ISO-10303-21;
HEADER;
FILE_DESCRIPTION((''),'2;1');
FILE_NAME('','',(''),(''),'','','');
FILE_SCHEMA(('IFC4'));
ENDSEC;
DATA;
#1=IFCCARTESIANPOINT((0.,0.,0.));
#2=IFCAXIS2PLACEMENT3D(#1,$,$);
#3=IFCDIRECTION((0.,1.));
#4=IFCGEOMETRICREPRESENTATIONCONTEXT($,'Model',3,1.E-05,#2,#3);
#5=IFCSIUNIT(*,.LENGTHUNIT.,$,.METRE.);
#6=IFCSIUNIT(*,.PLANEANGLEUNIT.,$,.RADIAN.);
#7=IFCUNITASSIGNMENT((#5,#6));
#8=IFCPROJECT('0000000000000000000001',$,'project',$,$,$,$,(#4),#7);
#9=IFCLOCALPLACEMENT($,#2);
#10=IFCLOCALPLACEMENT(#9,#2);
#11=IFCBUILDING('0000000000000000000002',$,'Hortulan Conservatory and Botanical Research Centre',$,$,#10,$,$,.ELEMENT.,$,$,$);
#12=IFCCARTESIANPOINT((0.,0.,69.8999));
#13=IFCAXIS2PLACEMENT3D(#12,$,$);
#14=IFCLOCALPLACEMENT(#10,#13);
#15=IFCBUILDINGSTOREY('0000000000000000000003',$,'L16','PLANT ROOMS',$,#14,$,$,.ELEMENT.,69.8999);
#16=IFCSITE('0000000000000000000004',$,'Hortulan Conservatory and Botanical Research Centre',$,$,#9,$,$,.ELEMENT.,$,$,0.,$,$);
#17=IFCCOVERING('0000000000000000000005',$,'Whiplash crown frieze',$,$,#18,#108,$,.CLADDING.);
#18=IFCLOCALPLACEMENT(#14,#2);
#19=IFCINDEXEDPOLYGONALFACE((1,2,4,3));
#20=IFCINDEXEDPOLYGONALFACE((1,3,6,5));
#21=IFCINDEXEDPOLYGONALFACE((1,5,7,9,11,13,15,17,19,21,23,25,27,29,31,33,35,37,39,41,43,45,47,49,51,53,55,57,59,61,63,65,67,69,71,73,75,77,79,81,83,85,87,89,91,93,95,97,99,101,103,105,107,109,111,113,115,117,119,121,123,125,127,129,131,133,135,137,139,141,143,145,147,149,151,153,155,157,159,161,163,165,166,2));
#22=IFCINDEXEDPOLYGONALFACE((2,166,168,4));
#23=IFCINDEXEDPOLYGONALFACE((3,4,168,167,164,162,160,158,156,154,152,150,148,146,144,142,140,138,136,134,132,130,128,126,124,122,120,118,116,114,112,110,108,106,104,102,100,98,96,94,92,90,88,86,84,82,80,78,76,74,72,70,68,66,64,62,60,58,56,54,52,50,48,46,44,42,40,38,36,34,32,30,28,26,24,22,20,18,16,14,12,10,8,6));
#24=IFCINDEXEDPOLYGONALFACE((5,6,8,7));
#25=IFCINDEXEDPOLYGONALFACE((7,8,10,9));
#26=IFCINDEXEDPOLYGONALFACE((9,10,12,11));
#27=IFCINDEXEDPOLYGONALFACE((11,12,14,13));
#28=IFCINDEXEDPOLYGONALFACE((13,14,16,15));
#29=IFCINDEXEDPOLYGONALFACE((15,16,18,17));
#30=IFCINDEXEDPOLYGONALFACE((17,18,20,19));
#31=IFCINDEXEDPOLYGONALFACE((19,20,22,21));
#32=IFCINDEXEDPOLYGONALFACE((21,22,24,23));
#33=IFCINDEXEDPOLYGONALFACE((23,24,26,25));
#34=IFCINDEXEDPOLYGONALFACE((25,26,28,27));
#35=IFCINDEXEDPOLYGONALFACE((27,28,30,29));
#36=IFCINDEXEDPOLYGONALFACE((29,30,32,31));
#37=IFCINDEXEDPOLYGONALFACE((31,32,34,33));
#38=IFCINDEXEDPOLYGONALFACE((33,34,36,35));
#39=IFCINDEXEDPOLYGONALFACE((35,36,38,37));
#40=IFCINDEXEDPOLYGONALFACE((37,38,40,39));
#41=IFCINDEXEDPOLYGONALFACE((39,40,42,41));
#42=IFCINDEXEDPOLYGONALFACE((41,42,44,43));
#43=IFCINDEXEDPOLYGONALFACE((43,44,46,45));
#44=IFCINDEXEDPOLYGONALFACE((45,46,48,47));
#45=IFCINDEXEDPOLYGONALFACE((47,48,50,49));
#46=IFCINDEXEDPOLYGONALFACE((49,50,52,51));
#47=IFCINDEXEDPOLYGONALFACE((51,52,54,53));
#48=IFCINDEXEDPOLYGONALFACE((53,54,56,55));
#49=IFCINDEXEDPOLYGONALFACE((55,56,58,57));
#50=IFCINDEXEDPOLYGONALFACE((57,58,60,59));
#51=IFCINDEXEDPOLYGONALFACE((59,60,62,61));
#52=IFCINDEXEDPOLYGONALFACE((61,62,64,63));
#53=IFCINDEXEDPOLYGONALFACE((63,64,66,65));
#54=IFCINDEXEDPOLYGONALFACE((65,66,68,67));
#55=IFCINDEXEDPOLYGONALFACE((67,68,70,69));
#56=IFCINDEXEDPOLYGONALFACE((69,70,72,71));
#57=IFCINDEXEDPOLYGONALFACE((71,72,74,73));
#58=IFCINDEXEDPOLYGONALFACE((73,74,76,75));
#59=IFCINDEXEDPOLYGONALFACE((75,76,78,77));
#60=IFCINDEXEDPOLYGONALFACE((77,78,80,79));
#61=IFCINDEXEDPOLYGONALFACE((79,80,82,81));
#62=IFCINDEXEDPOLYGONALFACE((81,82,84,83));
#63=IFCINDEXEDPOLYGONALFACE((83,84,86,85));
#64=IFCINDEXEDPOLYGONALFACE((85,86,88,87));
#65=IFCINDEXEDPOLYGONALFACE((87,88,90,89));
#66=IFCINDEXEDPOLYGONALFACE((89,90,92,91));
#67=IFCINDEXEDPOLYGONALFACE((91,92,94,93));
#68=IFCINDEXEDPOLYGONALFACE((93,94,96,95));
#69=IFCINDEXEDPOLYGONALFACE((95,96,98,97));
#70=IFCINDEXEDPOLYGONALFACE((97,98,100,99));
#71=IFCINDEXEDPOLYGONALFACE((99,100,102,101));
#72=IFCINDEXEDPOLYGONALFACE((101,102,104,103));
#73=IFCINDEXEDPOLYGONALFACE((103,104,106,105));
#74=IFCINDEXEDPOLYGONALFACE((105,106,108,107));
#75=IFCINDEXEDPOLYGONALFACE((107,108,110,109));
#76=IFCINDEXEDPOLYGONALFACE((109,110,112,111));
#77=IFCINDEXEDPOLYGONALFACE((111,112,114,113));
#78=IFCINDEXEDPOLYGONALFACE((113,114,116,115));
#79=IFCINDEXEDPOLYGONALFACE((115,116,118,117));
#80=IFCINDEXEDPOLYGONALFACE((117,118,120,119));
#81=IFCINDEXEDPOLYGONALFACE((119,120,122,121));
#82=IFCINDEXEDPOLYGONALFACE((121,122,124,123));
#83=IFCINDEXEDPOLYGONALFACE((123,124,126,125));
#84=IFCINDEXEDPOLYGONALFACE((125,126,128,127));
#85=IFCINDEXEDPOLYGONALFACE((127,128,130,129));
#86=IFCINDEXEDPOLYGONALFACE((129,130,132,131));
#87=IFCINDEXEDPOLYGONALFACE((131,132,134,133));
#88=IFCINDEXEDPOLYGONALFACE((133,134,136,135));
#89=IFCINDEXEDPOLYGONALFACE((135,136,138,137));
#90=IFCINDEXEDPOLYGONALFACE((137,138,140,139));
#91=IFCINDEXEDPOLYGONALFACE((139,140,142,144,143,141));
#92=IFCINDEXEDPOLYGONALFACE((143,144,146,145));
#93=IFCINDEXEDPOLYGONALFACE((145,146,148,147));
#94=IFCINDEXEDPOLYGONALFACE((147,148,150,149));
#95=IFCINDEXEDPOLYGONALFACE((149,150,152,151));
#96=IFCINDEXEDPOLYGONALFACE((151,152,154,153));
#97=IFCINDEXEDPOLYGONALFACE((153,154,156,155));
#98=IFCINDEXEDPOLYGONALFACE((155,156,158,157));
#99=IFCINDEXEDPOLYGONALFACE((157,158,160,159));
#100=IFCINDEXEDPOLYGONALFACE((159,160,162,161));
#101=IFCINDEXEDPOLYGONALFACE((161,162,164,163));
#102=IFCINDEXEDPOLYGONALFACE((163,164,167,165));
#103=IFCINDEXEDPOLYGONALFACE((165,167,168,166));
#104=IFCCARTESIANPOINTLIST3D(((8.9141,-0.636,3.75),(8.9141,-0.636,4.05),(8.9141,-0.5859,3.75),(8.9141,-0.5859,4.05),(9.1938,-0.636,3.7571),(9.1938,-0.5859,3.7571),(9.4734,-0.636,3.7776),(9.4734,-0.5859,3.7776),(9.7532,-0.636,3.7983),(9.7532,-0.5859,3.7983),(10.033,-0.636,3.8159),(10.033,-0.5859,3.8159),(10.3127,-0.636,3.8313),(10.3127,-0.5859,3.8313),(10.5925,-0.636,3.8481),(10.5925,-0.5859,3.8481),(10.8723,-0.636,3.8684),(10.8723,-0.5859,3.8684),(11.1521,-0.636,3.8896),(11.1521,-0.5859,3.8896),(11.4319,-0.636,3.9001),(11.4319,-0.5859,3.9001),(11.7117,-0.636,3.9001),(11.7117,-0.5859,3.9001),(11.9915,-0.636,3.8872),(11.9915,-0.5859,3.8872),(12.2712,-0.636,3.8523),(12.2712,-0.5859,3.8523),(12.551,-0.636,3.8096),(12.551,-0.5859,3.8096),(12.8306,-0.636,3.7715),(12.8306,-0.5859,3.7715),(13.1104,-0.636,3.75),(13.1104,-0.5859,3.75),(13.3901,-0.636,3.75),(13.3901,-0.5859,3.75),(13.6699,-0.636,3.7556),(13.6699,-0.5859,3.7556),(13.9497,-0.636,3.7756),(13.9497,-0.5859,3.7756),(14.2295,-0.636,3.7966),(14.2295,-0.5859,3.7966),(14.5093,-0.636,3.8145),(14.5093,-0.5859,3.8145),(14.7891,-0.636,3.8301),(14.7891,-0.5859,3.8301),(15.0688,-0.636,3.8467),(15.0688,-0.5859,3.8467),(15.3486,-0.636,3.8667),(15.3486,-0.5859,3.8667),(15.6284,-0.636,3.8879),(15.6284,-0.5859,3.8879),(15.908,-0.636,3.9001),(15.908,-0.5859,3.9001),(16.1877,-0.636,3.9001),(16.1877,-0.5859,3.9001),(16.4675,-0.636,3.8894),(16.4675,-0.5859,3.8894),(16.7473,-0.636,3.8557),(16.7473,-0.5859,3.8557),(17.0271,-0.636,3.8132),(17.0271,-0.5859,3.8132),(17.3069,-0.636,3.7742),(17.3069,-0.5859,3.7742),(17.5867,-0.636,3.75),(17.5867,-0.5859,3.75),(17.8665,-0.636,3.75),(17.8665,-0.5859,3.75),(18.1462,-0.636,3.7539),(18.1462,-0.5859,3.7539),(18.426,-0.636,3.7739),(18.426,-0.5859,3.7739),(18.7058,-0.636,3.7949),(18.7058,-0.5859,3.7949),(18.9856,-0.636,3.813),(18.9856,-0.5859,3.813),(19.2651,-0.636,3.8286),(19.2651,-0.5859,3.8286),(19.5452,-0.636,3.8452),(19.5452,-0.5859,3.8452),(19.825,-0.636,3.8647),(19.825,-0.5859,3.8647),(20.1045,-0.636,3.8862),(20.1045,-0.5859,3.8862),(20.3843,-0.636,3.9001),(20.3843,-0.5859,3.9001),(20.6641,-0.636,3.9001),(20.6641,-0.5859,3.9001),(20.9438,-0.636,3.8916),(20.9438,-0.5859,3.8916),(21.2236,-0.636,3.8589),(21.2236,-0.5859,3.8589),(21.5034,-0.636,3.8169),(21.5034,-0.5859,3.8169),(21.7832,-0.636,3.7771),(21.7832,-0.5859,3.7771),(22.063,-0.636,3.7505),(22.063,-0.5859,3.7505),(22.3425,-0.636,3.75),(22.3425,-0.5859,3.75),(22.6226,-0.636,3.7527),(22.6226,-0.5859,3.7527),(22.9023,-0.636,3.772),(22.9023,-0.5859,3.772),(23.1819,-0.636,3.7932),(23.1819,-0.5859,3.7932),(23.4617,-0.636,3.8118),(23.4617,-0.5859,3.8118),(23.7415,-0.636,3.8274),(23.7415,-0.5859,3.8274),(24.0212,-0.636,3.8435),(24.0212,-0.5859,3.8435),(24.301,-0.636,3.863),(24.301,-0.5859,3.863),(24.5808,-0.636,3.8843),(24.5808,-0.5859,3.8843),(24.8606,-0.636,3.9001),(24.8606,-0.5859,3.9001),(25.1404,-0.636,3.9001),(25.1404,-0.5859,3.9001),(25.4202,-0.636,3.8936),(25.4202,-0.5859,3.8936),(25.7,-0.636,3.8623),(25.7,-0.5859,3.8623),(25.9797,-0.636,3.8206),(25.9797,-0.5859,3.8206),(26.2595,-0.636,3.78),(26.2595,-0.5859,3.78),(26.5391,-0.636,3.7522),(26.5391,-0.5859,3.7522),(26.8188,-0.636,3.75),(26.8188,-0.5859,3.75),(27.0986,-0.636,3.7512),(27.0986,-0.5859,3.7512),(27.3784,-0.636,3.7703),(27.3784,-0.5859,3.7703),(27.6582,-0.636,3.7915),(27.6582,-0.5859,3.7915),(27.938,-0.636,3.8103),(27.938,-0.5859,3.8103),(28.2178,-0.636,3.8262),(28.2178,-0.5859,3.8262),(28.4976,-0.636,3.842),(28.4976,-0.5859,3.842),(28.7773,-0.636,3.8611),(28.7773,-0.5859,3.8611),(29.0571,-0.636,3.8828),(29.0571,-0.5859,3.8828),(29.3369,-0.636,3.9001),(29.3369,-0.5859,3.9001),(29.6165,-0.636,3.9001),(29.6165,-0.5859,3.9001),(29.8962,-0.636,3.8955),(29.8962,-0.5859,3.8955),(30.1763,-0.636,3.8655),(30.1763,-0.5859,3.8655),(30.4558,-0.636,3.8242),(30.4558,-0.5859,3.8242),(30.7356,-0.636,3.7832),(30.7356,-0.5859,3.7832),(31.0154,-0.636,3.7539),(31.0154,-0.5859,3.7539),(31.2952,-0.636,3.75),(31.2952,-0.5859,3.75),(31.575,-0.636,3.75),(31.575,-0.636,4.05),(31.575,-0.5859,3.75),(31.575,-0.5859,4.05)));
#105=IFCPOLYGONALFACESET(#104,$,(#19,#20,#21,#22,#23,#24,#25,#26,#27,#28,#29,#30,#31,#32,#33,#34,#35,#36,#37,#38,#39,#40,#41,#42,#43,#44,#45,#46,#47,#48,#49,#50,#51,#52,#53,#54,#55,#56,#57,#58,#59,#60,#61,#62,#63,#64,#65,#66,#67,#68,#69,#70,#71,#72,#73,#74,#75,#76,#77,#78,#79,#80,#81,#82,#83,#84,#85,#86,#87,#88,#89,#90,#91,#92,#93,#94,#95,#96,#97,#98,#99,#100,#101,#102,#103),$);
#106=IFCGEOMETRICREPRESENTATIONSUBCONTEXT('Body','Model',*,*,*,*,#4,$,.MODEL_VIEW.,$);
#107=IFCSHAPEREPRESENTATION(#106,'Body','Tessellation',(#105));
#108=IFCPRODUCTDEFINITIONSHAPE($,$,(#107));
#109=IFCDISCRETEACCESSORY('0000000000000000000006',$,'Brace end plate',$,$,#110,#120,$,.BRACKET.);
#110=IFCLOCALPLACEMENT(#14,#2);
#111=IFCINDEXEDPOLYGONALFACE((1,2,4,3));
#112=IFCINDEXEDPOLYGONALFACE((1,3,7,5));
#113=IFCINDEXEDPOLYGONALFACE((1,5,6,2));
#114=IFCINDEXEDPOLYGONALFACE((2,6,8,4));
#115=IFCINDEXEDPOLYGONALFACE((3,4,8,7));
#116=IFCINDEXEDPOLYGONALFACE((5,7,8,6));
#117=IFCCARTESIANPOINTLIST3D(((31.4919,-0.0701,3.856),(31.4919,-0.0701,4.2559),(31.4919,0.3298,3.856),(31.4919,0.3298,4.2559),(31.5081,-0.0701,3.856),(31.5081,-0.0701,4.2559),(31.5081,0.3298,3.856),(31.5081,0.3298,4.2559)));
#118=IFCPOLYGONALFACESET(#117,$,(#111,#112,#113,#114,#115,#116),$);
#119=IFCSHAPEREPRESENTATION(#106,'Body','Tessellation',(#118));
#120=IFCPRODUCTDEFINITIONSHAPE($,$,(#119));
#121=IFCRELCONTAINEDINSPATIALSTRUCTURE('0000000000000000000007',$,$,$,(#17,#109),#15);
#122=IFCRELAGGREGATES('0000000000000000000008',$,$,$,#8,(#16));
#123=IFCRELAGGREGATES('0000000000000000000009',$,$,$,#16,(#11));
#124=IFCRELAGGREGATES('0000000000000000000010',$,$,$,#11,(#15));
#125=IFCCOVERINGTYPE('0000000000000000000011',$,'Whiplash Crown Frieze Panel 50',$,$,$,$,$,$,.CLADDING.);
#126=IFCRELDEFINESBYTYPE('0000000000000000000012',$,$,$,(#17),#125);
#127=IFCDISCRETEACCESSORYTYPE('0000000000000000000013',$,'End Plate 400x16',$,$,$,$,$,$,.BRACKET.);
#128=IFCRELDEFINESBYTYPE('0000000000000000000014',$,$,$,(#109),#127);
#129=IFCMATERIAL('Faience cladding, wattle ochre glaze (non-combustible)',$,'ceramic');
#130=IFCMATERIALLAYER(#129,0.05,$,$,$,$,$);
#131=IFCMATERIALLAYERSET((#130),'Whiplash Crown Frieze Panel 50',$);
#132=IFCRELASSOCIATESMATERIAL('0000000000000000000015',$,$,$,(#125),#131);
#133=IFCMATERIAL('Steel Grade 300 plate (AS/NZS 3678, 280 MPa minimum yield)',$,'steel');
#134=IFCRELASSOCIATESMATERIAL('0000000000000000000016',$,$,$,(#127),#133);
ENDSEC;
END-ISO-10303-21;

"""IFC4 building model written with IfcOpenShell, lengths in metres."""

from ifc_helpers import new_model, si_unit, direction, frame, origin, origin_2d, place, context, subcontext, project, spatial, polyline, rectangle, outline, extrude, material, layer, layer_set, type_object, element, save


model = new_model("IFC4")

# Units and contexts
model_context = context("Model", 3, precision=1e-05, world=origin(), true_north=direction((0.0, 1.0)))
body_context = subcontext(model_context, "Body", "Model", "MODEL_VIEW")
ifc_project = project(units=[si_unit("LENGTHUNIT", "METRE"), si_unit("PLANEANGLEUNIT", "RADIAN")], contexts=[model_context])

# Site, building, storey
site_placement = place(None, origin())
site = spatial("IfcSite", under=ifc_project, at=site_placement, Name="Hortulan Conservatory and Botanical Research Centre", CompositionType="ELEMENT", RefElevation=0.0)
building_placement = place(site_placement, origin())
building = spatial("IfcBuilding", under=site, at=building_placement, Name="Hortulan Conservatory and Botanical Research Centre", CompositionType="ELEMENT")
storey_placement = place(building_placement, frame((0.0, 0.0, 69.8999)))
storey = spatial("IfcBuildingStorey", under=building, at=storey_placement, Name="L16", Description="PLANT ROOMS", CompositionType="ELEMENT", Elevation=69.8999)

# Covering
ifc_material_1 = material(Name="Faience cladding, wattle ochre glaze (non-combustible)", Category="ceramic")
ifc_layer_1 = layer(ifc_material_1, 0.05)
ifc_layer_set_1 = layer_set([ifc_layer_1], Name="Whiplash Crown Frieze Panel 50")
covering_type = type_object("IfcCoveringType", Name="Whiplash Crown Frieze Panel 50", PredefinedType="CLADDING", material=ifc_layer_set_1)
covering_placement = place(storey_placement, frame((31.575, -0.6111, 3.75), z_axis=(0.0, 0.0, 1.0), x_axis=(-1.0, 0.0, 0.0)))
element("IfcCovering", 1, at=covering_placement, inside=storey, type_object=covering_type, Name="Whiplash crown frieze", PredefinedType="CLADDING", context=body_context, shape_type="SweptSolid", body=[
    extrude(outline(polyline([(0.0, 0.0), (0.2798, 0.0), (0.5596, 0.0039), (0.8394, 0.0332), (1.1191, 0.0742), (1.3987, 0.1155), (1.6787, 0.1455), (1.9585, 0.1501), (2.238, 0.1501), (2.5178, 0.1328), (2.7976, 0.1111), (3.0774, 0.092), (3.3572, 0.0762), (3.637, 0.0603), (3.9167, 0.0415), (4.1965, 0.0203), (4.4763, 0.0012), (4.7561, 0.0), (5.0359, 0.0022), (5.3154, 0.03), (5.5952, 0.0706), (5.875, 0.1123), (6.1548, 0.1436), (6.4346, 0.1501), (6.7144, 0.1501), (6.9941, 0.1343), (7.2739, 0.113), (7.5537, 0.0935), (7.8335, 0.0774), (8.1133, 0.0618), (8.3931, 0.0432), (8.6726, 0.022), (8.9524, 0.0027), (9.2324, 0.0), (9.512, 0.0005), (9.7917, 0.0271), (10.0715, 0.0669), (10.3513, 0.1089), (10.6311, 0.1416), (10.9109, 0.1501), (11.1907, 0.1501), (11.4705, 0.1362), (11.75, 0.1147), (12.0298, 0.0952), (12.3098, 0.0786), (12.5894, 0.063), (12.8691, 0.0449), (13.1489, 0.0239), (13.4287, 0.0039), (13.7085, 0.0), (13.9883, 0.0), (14.2681, 0.0242), (14.5479, 0.0632), (14.8276, 0.1057), (15.1074, 0.1394), (15.3872, 0.1501), (15.667, 0.1501), (15.9465, 0.1379), (16.2263, 0.1167), (16.5061, 0.0967), (16.7859, 0.0801), (17.0657, 0.0645), (17.3455, 0.0466), (17.6252, 0.0256), (17.905, 0.0056), (18.1848, 0.0), (18.4646, 0.0), (18.7444, 0.0215), (19.0239, 0.0596), (19.3037, 0.1023), (19.5835, 0.1372), (19.8633, 0.1501), (20.1431, 0.1501), (20.4229, 0.1396), (20.7026, 0.1184), (20.9824, 0.0981), (21.2622, 0.0813), (21.542, 0.0659), (21.8218, 0.0483), (22.1016, 0.0276), (22.3811, 0.0071), (22.6609, 0.0), (22.6609, 0.3), (0.0, 0.3), (0.0, 0.0)])), frame((0.0, 0.0249, 0.0), z_axis=(0.0, -1.0, 0.0), x_axis=(1.0, 0.0, 0.0)), (0.0, 0.0, 1.0), 0.05),
])

# Discrete accessory
ifc_material_2 = material(Name="Steel Grade 300 plate (AS/NZS 3678, 280 MPa minimum yield)", Category="steel")
discrete_accessory_type = type_object("IfcDiscreteAccessoryType", Name="End Plate 400x16", PredefinedType="BRACKET", material=ifc_material_2)
discrete_accessory_placement = place(storey_placement, frame((31.5, 0.1299, 3.856), z_axis=(0.0, 0.0, 1.0), x_axis=(0.0, -1.0, 0.0)))
element("IfcDiscreteAccessory", 2, at=discrete_accessory_placement, inside=storey, type_object=discrete_accessory_type, Name="Brace end plate", PredefinedType="BRACKET", context=body_context, shape_type="SweptSolid", body=[
    extrude(rectangle(XDim=0.3999, YDim=0.0161, at=origin_2d()), origin(), (0.0, 0.0, 1.0), 0.3999),
])

save(model, "model.ifc")
